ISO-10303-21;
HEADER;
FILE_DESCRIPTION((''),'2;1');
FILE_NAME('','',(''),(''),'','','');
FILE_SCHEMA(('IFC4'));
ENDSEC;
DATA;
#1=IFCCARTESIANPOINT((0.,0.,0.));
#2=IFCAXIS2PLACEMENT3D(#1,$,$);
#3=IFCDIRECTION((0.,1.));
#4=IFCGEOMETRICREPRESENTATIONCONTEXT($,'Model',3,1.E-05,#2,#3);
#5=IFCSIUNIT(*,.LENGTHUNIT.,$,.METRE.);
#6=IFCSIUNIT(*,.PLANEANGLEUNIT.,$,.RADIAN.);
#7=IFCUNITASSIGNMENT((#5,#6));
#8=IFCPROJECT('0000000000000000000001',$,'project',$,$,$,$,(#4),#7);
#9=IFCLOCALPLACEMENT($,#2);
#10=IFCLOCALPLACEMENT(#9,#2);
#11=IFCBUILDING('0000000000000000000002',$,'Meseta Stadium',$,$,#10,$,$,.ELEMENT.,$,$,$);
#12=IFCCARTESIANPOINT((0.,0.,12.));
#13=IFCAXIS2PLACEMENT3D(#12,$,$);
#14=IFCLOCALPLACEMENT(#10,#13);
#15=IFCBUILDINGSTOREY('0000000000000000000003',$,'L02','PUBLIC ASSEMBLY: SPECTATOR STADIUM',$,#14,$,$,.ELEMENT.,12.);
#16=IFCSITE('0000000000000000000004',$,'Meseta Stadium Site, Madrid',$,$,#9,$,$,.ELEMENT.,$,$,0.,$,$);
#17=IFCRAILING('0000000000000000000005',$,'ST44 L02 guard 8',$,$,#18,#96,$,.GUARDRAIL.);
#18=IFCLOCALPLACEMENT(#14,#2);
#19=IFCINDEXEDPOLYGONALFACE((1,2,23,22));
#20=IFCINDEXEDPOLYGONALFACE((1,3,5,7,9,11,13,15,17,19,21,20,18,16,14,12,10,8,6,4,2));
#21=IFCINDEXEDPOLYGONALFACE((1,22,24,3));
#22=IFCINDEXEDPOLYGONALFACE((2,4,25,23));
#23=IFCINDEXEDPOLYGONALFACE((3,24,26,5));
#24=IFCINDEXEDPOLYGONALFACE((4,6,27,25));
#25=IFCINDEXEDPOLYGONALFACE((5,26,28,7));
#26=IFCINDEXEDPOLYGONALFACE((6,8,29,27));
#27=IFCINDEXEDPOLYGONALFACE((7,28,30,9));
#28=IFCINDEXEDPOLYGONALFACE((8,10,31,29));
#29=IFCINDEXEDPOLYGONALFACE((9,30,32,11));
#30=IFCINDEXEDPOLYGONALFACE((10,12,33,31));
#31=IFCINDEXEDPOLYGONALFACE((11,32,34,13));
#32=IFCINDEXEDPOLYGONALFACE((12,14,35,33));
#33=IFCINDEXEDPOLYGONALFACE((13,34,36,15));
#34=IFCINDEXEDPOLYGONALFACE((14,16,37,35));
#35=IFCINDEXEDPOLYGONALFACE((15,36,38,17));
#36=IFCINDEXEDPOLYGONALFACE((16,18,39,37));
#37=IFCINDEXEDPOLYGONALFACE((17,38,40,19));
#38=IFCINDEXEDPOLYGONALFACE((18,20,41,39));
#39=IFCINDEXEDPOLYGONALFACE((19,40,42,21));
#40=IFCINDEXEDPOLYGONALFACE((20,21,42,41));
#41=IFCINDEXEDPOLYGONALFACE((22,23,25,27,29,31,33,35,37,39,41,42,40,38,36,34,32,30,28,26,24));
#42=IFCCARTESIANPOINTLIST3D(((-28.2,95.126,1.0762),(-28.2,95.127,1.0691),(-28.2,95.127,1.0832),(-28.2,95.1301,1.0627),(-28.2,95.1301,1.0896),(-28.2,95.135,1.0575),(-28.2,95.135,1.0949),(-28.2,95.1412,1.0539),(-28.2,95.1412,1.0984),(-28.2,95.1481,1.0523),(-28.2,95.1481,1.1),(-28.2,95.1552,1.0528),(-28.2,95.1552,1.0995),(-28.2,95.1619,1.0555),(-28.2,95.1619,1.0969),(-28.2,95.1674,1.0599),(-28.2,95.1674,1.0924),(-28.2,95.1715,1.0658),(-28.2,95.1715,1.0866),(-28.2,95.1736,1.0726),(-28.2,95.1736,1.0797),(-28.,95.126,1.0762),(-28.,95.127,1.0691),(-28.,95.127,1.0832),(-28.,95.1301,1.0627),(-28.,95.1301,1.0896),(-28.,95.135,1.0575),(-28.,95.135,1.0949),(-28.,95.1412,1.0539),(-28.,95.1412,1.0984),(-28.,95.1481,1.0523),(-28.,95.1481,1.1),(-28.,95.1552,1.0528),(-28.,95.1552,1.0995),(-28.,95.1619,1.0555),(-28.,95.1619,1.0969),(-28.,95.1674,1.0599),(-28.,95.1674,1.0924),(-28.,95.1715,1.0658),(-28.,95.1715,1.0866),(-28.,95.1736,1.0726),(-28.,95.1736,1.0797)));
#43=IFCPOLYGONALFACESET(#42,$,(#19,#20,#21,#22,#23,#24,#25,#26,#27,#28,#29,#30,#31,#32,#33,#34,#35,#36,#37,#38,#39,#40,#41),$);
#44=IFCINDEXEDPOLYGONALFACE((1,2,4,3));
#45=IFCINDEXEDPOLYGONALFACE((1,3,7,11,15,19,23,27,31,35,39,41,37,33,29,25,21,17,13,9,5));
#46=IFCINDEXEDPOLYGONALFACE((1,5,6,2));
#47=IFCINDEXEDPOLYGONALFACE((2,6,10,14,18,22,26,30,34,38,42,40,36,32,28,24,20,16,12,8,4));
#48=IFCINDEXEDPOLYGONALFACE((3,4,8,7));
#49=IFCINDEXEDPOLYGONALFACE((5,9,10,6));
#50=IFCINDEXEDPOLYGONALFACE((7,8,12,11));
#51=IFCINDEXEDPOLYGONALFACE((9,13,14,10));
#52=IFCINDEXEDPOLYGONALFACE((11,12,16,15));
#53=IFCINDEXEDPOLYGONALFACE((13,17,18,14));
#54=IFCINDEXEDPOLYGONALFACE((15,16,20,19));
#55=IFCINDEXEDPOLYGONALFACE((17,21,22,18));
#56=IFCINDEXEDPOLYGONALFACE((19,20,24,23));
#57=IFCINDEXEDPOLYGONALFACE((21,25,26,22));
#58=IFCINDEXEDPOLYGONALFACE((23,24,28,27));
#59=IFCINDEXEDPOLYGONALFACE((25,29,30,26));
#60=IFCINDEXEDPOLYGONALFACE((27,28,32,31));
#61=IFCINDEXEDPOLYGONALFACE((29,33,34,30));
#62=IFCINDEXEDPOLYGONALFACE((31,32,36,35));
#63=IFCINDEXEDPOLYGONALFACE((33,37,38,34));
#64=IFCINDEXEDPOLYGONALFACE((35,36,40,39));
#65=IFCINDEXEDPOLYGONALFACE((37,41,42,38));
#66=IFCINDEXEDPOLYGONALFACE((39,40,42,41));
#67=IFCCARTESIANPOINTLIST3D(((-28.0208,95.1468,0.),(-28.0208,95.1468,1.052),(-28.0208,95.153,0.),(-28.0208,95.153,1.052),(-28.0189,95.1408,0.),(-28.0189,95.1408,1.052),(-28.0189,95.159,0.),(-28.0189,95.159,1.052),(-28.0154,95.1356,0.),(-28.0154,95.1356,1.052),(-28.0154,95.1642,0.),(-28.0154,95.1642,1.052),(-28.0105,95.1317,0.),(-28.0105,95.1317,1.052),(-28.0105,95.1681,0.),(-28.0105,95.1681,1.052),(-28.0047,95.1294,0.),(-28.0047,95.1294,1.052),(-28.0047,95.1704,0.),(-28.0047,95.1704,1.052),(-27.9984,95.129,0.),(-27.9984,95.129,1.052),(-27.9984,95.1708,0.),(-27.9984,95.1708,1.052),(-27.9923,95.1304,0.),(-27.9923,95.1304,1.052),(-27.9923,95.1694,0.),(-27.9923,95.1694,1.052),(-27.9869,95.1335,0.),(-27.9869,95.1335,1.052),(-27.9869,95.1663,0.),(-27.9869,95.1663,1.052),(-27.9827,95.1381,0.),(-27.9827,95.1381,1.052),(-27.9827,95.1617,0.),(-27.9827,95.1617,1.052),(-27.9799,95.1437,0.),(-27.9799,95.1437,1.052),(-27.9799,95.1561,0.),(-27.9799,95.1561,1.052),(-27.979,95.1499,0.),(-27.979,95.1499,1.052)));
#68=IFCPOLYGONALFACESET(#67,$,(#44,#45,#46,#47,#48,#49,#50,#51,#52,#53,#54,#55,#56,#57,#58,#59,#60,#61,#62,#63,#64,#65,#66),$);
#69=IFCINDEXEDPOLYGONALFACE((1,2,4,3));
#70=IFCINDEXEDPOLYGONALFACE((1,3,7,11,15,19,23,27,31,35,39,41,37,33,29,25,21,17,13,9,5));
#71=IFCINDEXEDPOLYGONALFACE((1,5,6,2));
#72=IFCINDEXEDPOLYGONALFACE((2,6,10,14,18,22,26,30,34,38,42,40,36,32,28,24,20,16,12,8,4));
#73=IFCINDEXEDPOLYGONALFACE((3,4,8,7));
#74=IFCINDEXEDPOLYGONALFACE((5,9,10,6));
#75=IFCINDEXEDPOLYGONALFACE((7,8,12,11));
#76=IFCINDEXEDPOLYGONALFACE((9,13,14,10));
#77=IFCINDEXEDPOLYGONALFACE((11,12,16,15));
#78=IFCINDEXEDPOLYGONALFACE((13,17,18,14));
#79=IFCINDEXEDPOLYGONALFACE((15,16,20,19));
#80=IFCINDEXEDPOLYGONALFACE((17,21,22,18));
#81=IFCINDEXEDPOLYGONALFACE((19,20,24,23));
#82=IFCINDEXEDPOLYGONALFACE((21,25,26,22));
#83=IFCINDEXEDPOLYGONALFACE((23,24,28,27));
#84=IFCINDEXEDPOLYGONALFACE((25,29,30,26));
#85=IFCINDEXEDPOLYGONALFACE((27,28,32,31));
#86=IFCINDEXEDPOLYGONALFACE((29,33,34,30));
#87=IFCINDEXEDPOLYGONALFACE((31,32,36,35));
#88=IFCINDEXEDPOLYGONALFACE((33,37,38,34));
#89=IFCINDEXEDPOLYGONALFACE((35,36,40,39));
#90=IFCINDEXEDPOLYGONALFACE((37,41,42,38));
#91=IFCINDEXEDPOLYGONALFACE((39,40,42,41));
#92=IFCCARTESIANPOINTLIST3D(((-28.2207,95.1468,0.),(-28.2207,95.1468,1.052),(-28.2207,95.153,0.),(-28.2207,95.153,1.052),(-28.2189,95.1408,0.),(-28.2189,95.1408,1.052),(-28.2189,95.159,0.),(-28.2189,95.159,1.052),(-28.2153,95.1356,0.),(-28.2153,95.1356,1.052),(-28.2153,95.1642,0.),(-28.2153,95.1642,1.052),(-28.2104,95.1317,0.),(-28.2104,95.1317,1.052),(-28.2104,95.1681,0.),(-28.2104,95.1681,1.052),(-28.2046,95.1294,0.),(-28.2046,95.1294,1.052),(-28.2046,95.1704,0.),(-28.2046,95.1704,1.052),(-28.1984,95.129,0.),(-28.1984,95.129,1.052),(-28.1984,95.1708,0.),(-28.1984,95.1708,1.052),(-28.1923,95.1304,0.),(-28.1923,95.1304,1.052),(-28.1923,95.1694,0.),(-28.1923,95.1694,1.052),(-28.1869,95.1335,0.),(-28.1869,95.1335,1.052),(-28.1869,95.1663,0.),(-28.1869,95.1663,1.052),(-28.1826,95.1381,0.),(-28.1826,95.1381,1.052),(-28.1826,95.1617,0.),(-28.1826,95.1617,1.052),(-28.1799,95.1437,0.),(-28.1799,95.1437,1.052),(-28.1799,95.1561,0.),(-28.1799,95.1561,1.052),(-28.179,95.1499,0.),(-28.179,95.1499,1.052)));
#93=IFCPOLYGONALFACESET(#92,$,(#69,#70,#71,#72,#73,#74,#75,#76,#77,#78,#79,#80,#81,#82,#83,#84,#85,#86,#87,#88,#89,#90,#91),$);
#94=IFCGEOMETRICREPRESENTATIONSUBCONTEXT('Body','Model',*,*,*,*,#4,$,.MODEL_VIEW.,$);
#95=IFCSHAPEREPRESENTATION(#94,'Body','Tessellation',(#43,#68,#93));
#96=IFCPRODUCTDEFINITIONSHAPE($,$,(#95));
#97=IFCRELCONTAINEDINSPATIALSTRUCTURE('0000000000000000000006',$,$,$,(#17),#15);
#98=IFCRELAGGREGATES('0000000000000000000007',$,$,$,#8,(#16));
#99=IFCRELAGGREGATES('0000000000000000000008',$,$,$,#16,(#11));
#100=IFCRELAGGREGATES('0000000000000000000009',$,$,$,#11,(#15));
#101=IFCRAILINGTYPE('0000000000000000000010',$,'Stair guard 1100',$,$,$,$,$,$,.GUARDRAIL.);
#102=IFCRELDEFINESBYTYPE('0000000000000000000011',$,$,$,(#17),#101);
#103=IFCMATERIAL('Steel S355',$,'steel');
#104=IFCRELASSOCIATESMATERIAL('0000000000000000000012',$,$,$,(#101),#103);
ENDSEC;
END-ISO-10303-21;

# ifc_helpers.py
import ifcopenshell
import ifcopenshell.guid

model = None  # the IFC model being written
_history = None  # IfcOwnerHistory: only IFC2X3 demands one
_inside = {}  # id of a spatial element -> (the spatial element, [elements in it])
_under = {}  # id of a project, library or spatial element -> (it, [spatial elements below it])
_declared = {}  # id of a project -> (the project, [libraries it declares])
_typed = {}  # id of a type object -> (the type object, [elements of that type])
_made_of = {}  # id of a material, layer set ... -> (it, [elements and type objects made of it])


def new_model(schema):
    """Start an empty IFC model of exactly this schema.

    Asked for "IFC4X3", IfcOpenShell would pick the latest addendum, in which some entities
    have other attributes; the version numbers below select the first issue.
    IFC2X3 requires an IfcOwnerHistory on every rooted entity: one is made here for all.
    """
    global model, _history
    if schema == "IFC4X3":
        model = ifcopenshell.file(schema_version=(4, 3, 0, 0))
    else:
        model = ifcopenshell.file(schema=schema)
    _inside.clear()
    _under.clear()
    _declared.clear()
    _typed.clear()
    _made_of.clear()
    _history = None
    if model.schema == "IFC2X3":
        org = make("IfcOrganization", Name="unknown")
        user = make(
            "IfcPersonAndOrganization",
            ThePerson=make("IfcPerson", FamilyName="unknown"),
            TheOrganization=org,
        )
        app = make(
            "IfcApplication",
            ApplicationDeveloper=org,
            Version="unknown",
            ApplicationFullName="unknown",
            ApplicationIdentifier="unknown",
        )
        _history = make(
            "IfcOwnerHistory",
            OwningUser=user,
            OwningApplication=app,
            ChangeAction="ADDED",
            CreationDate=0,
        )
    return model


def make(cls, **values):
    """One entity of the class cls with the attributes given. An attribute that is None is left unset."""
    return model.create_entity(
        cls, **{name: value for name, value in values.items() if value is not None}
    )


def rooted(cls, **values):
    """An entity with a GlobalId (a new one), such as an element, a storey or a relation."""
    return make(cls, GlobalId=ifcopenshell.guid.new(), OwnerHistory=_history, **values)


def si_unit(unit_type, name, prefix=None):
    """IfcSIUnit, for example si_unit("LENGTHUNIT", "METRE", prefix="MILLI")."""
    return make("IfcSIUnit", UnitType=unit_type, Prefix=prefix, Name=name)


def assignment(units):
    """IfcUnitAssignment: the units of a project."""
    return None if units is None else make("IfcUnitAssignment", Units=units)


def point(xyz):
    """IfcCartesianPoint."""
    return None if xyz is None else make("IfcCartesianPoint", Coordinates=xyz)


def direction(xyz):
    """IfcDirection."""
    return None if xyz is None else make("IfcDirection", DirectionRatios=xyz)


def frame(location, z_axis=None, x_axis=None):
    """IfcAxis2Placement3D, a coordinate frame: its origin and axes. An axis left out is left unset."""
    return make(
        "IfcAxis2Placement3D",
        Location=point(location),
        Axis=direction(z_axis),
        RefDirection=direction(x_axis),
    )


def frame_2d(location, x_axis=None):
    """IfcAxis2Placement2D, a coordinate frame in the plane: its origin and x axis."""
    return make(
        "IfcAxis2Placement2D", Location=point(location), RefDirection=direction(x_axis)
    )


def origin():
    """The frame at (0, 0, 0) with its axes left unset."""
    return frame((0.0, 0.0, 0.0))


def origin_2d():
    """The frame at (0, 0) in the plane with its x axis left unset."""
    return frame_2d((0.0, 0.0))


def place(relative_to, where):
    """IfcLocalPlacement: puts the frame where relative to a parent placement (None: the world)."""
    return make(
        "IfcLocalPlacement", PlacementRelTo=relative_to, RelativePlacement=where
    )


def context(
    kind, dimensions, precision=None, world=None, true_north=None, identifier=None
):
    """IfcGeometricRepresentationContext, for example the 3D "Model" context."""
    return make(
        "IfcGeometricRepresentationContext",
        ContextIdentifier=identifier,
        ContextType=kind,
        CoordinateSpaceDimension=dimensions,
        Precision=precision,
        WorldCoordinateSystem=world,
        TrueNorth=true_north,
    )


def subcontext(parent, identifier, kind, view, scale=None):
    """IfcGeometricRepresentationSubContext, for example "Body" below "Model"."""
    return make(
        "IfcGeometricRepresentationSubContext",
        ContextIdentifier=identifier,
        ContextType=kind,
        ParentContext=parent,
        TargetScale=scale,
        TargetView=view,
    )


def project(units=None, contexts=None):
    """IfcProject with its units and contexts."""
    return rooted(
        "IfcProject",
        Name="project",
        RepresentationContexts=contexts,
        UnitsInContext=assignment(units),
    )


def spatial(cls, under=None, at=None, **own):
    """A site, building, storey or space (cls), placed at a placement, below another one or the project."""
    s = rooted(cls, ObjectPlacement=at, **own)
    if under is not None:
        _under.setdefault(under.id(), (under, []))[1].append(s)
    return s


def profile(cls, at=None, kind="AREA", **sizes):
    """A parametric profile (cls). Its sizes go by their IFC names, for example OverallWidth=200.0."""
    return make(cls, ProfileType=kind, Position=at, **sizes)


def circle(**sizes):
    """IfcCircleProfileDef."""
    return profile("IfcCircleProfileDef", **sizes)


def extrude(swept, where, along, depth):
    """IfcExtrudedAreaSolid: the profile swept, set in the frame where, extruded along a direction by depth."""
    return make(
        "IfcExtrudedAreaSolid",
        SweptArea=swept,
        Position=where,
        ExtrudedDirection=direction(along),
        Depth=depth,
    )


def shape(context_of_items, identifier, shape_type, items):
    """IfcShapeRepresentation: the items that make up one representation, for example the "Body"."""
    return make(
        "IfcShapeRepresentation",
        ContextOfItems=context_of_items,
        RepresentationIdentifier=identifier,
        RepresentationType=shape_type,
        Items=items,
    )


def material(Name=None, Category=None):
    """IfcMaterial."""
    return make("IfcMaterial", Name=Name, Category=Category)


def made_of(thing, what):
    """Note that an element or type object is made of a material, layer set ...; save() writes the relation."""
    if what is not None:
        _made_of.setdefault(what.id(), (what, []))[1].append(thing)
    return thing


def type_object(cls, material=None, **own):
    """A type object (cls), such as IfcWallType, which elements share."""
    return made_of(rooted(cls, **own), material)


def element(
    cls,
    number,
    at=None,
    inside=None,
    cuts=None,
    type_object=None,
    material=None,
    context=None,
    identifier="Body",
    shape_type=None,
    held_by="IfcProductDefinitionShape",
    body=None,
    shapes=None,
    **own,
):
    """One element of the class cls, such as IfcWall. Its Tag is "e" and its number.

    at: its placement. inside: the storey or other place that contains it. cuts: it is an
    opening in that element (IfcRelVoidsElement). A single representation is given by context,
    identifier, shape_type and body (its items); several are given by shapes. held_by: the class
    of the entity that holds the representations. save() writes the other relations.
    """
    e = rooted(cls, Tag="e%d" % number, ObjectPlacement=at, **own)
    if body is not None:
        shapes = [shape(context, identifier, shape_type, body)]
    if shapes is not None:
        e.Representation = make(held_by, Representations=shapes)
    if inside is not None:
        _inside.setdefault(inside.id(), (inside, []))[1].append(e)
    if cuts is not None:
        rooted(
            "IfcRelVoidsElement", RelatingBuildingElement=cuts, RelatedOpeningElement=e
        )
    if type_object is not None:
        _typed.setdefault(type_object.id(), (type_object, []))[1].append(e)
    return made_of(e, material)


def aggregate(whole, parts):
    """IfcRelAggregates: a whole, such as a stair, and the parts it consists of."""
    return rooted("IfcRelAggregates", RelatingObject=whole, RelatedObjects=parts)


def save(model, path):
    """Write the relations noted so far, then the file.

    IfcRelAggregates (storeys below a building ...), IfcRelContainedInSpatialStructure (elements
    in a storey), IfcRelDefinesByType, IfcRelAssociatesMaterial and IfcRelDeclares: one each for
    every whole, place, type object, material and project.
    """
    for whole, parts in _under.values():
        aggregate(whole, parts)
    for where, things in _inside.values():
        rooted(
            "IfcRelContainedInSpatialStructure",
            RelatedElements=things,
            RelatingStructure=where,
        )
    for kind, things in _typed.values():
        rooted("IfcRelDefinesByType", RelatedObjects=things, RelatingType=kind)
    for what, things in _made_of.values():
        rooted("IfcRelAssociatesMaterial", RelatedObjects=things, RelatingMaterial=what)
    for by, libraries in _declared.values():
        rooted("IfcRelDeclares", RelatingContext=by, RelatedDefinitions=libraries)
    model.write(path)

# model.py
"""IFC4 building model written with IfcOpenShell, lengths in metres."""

from ifc_helpers import new_model, si_unit, direction, frame, origin, origin_2d, place, context, subcontext, project, spatial, circle, extrude, material, type_object, element, save


model = new_model("IFC4")

# Units and contexts
model_context = context("Model", 3, precision=1e-05, world=origin(), true_north=direction((0.0, 1.0)))
body_context = subcontext(model_context, "Body", "Model", "MODEL_VIEW")
ifc_project = project(units=[si_unit("LENGTHUNIT", "METRE"), si_unit("PLANEANGLEUNIT", "RADIAN")], contexts=[model_context])

# Site, building, storey
site_placement = place(None, origin())
site = spatial("IfcSite", under=ifc_project, at=site_placement, Name="Meseta Stadium Site, Madrid", CompositionType="ELEMENT", RefElevation=0.0)
building_placement = place(site_placement, origin())
building = spatial("IfcBuilding", under=site, at=building_placement, Name="Meseta Stadium", CompositionType="ELEMENT")
storey_placement = place(building_placement, frame((0.0, 0.0, 12.0)))
storey = spatial("IfcBuildingStorey", under=building, at=storey_placement, Name="L02", Description="PUBLIC ASSEMBLY: SPECTATOR STADIUM", CompositionType="ELEMENT", Elevation=12.0)

# Railing
ifc_material_1 = material(Name="Steel S355", Category="steel")
railing_type_1 = type_object("IfcRailingType", Name="Stair guard 1100", PredefinedType="GUARDRAIL", material=ifc_material_1)
railing_1_placement = place(storey_placement, frame((-28.0, 95.1499, 0.0)))
element("IfcRailing", 1, at=railing_1_placement, inside=storey, type_object=railing_type_1, Name="ST44 L02 guard 8", PredefinedType="GUARDRAIL", context=body_context, shape_type="SweptSolid", body=[
    extrude(circle(Radius=0.0239, at=origin_2d()), frame((0.0, 0.0, 1.0762), z_axis=(-1.0, 0.0, 0.0), x_axis=(0.0, -1.0, 0.0)), (0.0, 0.0, 1.0), 0.2),
    extrude(circle(Radius=0.021, at=origin_2d()), origin(), (0.0, 0.0, 1.0), 1.052),
    extrude(circle(Radius=0.021, at=origin_2d()), frame((-0.2, 0.0, 0.0)), (0.0, 0.0, 1.0), 1.052),
])

save(model, "model.ifc")
